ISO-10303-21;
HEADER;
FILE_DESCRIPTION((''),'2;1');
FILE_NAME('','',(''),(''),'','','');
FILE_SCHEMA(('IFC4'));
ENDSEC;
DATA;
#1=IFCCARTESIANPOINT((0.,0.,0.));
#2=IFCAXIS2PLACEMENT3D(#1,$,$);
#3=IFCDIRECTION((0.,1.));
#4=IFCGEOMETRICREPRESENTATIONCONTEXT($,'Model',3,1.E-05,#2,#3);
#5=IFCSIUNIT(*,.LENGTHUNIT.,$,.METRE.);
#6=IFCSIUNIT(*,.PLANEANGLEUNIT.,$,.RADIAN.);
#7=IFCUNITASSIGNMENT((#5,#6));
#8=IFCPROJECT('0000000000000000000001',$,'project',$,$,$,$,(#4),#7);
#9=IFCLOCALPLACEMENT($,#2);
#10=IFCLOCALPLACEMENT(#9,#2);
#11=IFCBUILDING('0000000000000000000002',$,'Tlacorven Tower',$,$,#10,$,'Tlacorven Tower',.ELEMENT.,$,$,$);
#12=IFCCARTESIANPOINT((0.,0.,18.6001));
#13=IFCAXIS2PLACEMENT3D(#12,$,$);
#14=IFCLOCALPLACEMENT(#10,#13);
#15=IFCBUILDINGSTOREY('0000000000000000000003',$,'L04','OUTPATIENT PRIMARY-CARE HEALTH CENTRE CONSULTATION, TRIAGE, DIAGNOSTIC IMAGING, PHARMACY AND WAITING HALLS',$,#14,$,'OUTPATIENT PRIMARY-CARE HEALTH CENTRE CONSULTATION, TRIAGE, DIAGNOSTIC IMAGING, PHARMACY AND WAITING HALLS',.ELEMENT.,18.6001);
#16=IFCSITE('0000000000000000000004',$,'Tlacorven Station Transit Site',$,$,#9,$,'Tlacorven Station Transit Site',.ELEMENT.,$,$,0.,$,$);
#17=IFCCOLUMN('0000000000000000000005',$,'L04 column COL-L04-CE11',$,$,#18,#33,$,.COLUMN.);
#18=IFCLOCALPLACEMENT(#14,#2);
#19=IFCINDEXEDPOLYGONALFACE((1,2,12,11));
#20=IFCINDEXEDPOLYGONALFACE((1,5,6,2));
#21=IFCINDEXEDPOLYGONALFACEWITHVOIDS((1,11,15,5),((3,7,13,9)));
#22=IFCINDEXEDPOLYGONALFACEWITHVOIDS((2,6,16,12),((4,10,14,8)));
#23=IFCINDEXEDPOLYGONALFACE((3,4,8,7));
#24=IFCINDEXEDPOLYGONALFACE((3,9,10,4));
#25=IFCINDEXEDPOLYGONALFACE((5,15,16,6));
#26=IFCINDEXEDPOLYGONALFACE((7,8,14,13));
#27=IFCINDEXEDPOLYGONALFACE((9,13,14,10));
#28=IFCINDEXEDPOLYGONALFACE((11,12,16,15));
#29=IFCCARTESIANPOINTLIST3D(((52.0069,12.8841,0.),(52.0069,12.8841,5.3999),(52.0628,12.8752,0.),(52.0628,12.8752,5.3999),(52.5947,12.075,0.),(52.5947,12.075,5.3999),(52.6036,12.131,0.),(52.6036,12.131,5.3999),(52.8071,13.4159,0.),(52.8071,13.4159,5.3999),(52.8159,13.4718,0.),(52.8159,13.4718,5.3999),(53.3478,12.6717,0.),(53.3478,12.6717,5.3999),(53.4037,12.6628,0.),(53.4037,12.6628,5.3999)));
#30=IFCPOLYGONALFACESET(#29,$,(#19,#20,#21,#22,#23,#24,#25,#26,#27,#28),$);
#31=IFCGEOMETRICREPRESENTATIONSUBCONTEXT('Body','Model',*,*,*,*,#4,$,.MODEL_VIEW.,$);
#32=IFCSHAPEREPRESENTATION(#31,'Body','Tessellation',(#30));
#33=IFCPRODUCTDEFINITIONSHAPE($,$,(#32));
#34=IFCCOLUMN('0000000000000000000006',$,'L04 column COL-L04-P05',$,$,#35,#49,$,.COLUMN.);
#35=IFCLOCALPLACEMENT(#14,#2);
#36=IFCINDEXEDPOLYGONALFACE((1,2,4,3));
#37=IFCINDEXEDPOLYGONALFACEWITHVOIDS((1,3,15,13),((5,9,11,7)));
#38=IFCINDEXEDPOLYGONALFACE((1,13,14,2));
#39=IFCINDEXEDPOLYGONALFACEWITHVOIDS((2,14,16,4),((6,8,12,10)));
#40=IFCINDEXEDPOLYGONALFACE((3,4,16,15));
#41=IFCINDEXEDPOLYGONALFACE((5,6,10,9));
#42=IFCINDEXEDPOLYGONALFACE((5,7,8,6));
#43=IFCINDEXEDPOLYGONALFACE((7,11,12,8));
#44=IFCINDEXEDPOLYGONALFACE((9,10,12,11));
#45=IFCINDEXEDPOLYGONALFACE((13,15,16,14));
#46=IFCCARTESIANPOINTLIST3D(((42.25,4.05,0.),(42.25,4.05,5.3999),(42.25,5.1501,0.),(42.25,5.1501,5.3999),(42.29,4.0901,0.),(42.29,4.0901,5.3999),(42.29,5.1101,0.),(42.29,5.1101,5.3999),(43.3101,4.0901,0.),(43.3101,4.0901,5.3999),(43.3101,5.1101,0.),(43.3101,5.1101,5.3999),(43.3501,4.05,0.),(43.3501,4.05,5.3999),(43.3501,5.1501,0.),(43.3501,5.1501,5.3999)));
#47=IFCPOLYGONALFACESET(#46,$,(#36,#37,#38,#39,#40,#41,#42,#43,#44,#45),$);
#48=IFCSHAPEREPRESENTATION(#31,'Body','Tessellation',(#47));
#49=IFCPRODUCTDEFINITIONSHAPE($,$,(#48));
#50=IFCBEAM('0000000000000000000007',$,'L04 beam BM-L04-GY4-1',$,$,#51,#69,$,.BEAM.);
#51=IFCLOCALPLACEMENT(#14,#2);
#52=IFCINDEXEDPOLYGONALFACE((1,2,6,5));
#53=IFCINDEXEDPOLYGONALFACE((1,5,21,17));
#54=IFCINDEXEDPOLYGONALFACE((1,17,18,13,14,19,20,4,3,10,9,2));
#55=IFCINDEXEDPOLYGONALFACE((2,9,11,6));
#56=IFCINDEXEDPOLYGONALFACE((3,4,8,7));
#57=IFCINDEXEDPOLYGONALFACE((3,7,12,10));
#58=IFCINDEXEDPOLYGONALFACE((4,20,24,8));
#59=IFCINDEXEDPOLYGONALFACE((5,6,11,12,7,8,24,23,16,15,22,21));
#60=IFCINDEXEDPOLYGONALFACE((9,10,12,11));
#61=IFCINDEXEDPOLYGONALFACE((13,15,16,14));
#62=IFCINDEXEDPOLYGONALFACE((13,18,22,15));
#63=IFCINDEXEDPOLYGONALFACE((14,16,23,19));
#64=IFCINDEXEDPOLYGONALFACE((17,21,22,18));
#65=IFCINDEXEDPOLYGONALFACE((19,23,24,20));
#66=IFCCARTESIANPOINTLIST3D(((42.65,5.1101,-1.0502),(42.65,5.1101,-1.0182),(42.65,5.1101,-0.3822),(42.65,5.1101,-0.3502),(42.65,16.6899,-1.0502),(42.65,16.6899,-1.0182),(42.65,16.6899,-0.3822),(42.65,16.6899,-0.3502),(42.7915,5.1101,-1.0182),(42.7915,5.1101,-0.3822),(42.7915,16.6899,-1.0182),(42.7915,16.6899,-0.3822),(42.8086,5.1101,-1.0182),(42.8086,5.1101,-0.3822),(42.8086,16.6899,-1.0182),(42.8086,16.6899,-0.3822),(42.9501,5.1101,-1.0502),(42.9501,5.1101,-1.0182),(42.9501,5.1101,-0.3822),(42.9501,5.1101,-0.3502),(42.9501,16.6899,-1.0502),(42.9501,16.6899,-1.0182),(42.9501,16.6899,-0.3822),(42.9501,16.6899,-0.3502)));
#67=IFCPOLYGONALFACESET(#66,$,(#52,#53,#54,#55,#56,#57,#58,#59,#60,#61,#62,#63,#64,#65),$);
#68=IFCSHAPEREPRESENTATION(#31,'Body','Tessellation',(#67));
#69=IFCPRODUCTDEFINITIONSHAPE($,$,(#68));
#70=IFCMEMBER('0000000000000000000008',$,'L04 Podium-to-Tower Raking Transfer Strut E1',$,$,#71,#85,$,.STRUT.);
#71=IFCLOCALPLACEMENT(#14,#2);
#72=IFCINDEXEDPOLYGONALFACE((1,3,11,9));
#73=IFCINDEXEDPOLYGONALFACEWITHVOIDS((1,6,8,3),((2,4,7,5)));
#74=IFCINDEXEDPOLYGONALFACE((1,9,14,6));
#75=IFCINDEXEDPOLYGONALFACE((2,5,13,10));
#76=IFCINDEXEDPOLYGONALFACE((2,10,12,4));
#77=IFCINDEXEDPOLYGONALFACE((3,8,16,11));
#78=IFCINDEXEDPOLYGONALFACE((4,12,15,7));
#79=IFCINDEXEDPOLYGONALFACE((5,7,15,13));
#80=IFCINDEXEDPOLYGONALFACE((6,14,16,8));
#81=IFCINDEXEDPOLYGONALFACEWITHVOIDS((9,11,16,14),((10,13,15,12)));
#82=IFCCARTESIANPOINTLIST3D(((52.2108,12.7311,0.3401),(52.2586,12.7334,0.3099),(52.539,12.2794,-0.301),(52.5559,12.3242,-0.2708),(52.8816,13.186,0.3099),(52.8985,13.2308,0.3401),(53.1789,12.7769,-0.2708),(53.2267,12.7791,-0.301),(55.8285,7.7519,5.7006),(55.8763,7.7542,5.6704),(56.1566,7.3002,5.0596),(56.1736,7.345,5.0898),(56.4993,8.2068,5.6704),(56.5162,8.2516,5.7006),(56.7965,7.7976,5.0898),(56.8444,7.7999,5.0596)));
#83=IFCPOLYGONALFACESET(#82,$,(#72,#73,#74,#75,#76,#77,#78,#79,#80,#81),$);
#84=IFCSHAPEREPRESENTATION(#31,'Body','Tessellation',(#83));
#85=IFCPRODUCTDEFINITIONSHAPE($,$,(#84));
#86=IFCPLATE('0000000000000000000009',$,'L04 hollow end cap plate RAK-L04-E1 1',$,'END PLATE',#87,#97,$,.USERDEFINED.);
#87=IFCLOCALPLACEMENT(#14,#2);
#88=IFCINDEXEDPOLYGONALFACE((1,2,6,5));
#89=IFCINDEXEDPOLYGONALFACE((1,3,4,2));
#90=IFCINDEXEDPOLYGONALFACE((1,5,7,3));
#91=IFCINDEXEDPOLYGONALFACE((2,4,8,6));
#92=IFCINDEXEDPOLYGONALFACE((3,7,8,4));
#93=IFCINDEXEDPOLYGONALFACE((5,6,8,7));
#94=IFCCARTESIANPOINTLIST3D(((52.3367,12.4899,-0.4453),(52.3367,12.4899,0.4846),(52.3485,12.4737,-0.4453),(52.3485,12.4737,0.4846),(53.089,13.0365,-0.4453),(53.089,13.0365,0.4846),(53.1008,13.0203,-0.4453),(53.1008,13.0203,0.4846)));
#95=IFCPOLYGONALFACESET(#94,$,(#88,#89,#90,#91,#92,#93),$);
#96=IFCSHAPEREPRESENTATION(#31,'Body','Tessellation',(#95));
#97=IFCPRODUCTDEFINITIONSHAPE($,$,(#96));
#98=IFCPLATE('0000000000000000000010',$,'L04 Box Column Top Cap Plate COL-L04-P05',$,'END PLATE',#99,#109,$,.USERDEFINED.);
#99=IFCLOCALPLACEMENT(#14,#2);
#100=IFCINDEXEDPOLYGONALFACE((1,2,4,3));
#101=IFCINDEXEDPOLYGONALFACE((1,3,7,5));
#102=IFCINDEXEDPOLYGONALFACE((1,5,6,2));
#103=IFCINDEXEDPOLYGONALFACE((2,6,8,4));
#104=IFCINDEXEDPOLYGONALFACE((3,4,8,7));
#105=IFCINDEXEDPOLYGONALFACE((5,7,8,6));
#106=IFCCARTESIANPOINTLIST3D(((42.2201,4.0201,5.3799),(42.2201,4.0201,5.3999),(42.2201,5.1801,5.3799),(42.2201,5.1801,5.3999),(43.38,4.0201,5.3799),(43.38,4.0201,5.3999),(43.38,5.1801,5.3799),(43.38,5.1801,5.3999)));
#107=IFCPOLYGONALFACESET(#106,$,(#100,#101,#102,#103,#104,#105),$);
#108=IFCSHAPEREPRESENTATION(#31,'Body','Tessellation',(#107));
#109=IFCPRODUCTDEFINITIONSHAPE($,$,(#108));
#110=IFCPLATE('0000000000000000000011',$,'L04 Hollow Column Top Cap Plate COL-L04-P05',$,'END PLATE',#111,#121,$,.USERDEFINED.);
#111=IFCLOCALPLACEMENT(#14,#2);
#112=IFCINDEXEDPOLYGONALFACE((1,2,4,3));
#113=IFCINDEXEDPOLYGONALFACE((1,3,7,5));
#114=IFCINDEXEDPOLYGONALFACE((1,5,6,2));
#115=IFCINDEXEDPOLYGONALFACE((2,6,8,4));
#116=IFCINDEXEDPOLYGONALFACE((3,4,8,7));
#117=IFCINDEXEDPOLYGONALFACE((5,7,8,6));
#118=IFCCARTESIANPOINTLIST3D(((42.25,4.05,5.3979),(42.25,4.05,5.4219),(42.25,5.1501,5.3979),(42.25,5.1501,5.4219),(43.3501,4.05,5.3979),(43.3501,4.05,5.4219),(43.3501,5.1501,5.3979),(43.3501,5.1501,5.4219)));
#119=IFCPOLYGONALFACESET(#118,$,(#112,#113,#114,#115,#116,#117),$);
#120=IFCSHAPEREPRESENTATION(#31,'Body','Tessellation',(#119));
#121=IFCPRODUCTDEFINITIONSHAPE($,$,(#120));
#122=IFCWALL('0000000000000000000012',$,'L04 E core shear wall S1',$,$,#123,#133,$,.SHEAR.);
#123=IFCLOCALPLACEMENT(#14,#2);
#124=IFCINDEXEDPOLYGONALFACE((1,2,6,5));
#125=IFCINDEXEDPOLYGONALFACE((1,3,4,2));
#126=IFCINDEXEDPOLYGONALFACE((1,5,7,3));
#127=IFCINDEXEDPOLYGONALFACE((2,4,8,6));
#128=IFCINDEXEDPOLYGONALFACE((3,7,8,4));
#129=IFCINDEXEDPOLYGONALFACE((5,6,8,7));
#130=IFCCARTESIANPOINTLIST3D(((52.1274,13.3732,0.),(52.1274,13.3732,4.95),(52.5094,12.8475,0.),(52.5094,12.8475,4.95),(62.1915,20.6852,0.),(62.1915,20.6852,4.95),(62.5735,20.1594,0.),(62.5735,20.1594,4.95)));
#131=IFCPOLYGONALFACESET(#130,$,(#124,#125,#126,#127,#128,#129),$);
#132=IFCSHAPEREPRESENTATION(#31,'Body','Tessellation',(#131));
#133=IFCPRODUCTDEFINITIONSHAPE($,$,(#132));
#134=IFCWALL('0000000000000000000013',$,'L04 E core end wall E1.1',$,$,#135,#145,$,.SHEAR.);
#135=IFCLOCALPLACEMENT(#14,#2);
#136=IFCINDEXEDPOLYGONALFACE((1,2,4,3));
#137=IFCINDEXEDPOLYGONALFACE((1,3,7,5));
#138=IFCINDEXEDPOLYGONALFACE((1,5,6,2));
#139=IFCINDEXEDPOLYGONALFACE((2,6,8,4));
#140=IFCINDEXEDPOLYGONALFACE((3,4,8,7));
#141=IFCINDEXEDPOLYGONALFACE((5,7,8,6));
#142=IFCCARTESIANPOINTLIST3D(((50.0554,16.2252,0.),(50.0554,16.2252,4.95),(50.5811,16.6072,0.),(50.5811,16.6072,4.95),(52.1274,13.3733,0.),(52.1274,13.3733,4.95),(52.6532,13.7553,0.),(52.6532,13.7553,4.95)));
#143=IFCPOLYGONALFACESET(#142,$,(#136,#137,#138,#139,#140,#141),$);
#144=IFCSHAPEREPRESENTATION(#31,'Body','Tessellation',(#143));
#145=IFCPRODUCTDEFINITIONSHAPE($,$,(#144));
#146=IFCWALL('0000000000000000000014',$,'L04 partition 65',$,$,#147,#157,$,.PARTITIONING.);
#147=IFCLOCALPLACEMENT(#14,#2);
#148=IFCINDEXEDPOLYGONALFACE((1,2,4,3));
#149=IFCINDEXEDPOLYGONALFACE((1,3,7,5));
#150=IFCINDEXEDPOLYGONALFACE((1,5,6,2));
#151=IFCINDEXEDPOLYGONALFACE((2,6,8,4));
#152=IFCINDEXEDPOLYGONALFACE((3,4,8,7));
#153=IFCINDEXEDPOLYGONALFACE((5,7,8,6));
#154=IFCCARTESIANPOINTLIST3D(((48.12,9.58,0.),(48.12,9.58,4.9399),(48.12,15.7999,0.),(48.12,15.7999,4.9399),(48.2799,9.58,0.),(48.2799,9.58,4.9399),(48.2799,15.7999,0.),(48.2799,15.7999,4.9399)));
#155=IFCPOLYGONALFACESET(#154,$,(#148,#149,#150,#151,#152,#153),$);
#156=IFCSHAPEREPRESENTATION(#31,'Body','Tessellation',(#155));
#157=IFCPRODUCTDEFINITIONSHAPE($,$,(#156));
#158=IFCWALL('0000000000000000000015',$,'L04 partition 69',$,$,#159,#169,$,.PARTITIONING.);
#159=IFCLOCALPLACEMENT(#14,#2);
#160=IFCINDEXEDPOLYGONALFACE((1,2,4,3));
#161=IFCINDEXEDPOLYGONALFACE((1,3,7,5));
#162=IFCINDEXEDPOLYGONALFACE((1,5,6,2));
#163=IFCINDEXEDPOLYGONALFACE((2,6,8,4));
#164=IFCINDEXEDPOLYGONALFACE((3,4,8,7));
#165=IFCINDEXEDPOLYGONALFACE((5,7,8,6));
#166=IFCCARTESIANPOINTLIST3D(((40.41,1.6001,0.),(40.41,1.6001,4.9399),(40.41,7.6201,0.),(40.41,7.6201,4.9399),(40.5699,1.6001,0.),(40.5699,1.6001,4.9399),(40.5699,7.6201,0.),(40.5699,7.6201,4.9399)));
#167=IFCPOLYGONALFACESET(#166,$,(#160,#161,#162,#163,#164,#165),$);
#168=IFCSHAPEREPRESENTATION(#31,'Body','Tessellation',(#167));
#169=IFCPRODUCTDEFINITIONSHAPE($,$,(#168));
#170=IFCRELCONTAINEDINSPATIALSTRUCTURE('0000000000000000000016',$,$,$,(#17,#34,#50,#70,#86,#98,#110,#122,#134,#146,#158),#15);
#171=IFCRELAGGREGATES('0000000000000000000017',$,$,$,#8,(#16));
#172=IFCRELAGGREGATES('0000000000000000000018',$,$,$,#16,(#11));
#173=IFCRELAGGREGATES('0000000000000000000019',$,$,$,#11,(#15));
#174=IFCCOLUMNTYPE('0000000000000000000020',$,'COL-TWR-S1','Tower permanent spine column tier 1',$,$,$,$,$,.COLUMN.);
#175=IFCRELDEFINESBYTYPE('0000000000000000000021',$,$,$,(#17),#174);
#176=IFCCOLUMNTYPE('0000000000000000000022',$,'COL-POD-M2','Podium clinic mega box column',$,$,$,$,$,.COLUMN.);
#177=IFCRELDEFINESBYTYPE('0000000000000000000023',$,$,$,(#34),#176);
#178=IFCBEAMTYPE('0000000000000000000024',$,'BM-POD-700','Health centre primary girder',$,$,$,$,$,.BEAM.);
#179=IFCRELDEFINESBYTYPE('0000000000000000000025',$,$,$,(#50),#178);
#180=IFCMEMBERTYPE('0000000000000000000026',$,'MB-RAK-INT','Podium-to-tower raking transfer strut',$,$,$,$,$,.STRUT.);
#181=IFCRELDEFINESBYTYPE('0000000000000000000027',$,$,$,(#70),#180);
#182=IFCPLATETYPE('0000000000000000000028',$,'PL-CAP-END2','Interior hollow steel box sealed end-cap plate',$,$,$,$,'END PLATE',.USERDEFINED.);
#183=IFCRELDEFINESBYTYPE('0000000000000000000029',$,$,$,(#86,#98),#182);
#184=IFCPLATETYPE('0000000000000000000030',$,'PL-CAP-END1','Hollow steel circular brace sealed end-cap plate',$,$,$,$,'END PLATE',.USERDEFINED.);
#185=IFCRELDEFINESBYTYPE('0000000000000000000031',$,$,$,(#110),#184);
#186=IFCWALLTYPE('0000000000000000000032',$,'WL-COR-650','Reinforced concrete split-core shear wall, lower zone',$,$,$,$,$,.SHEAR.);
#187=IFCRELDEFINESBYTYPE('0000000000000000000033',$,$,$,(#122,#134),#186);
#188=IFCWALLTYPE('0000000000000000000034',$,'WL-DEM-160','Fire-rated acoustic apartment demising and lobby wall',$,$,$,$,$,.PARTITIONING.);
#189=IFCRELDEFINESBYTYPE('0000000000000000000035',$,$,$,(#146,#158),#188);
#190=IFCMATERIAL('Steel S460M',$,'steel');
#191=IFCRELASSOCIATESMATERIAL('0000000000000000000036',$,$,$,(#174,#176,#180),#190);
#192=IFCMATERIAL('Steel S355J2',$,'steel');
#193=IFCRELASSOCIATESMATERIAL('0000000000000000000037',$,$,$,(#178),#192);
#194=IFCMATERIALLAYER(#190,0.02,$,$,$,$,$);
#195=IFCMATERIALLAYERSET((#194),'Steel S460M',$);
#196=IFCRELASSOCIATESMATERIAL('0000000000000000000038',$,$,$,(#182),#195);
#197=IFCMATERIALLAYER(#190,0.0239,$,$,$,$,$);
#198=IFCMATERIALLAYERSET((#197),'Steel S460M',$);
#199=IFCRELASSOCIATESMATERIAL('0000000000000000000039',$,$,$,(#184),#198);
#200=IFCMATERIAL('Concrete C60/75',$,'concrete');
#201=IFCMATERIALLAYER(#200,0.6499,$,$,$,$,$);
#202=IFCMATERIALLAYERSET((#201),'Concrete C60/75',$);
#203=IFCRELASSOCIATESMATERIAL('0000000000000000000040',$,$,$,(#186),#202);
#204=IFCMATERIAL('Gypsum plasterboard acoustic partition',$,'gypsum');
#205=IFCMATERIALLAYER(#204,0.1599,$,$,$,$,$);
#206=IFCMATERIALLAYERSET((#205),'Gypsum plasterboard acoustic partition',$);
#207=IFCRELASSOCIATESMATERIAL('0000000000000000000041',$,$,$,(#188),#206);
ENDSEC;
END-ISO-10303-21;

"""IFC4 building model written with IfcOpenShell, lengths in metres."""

from ifc_helpers import new_model, si_unit, direction, frame, frame_2d, origin, origin_2d, place, context, subcontext, project, spatial, rectangle, hollow_rectangle, i_section, extrude, source, transform, mapped, material, layer, layer_set, material_profile, profile_set, type_object, element, save


model = new_model("IFC4")

# Units and contexts
model_context = context("Model", 3, precision=1e-05, world=origin(), true_north=direction((0.0, 1.0)))
body_context = subcontext(model_context, "Body", "Model", "MODEL_VIEW")
ifc_project = project(units=[si_unit("LENGTHUNIT", "METRE"), si_unit("PLANEANGLEUNIT", "RADIAN")], contexts=[model_context])

# Site, building, storey
site_placement = place(None, origin())
site = spatial("IfcSite", under=ifc_project, at=site_placement, Name="Tlacorven Station Transit Site", LongName="Tlacorven Station Transit Site", CompositionType="ELEMENT", RefElevation=0.0)
building_placement = place(site_placement, origin())
building = spatial("IfcBuilding", under=site, at=building_placement, Name="Tlacorven Tower", LongName="Tlacorven Tower", CompositionType="ELEMENT")
storey_placement = place(building_placement, frame((0.0, 0.0, 18.6001)))
storey = spatial("IfcBuildingStorey", under=building, at=storey_placement, Name="L04", Description="OUTPATIENT PRIMARY-CARE HEALTH CENTRE CONSULTATION, TRIAGE, DIAGNOSTIC IMAGING, PHARMACY AND WAITING HALLS", LongName="OUTPATIENT PRIMARY-CARE HEALTH CENTRE CONSULTATION, TRIAGE, DIAGNOSTIC IMAGING, PHARMACY AND WAITING HALLS", CompositionType="ELEMENT", Elevation=18.6001)

# Columns
ifc_material_1 = material(Name="Steel S460M", Category="steel")
ifc_material_profile_1 = material_profile(ifc_material_1, hollow_rectangle(XDim=1.0, YDim=1.0, WallThickness=0.04, at=origin_2d()), Name="BOX 1000X1000X40")
ifc_profile_set_1 = profile_set([ifc_material_profile_1], Name="Steel S460M")
column_type_1 = type_object("IfcColumnType", Name="COL-TWR-S1", Description="Tower permanent spine column tier 1", PredefinedType="COLUMN", material=ifc_profile_set_1)
shared_shape_1 = source(origin(), body_context, "Body", "SweptSolid", [
    extrude(hollow_rectangle(XDim=1.0, YDim=1.0, WallThickness=0.04, at=origin_2d()), origin(), (0.0, 0.0, 1.0), 5.3999),
])
column_1_placement = place(storey_placement, frame((52.7053, 12.7734, 0.0), z_axis=(0.0, 0.0, 1.0), x_axis=(0.809017, 0.587785, 0.0)))
element("IfcColumn", 1, at=column_1_placement, inside=storey, type_object=column_type_1, Name="L04 column COL-L04-CE11", PredefinedType="COLUMN", context=body_context, shape_type="MappedRepresentation", body=[
    mapped(shared_shape_1, transform((0.0, 0.0, 0.0), scale=1.0)),
])
ifc_material_profile_2 = material_profile(ifc_material_1, hollow_rectangle(XDim=1.1001, YDim=1.1001, WallThickness=0.04, at=origin_2d()), Name="BOX 1100X1100X40")
ifc_profile_set_2 = profile_set([ifc_material_profile_2], Name="Steel S460M")
column_type_2 = type_object("IfcColumnType", Name="COL-POD-M2", Description="Podium clinic mega box column", PredefinedType="COLUMN", material=ifc_profile_set_2)
shared_shape_2 = source(origin(), body_context, "Body", "SweptSolid", [
    extrude(hollow_rectangle(XDim=1.1001, YDim=1.1001, WallThickness=0.04, at=origin_2d()), origin(), (0.0, 0.0, 1.0), 5.3999),
])
column_2_placement = place(storey_placement, frame((42.8, 4.6001, 0.0), z_axis=(0.0, 0.0, 1.0), x_axis=(1.0, 0.0, 0.0)))
element("IfcColumn", 2, at=column_2_placement, inside=storey, type_object=column_type_2, Name="L04 column COL-L04-P05", PredefinedType="COLUMN", context=body_context, shape_type="MappedRepresentation", body=[
    mapped(shared_shape_2, transform((0.0, 0.0, 0.0), scale=1.0)),
])

# Beam
ifc_material_2 = material(Name="Steel S355J2", Category="steel")
ifc_material_profile_3 = material_profile(ifc_material_2, i_section(OverallWidth=0.3, OverallDepth=0.7, WebThickness=0.0171, FlangeThickness=0.032, at=origin_2d()), Name="HEB 700")
ifc_profile_set_3 = profile_set([ifc_material_profile_3], Name="Steel S355J2")
beam_type = type_object("IfcBeamType", Name="BM-POD-700", Description="Health centre primary girder", PredefinedType="BEAM", material=ifc_profile_set_3)
shared_shape_3 = source(origin(), body_context, "Body", "SweptSolid", [
    extrude(i_section(OverallWidth=0.3, OverallDepth=0.7, WebThickness=0.0171, FlangeThickness=0.032, at=origin_2d()), origin(), (0.0, 0.0, 1.0), 11.5798),
])
beam_placement = place(storey_placement, frame((42.8, 5.1101, -0.7002), z_axis=(0.0, 1.0, 0.0), x_axis=(-1.0, 0.0, 0.0)))
element("IfcBeam", 3, at=beam_placement, inside=storey, type_object=beam_type, Name="L04 beam BM-L04-GY4-1", PredefinedType="BEAM", context=body_context, shape_type="MappedRepresentation", body=[
    mapped(shared_shape_3, transform((0.0, 0.0, 0.0), scale=1.0)),
])

# Member
ifc_material_profile_4 = material_profile(ifc_material_1, hollow_rectangle(XDim=0.8501, YDim=0.8501, WallThickness=0.04, at=origin_2d()), Name="BOX 850X850X40")
ifc_profile_set_4 = profile_set([ifc_material_profile_4], Name="Steel S460M")
member_type = type_object("IfcMemberType", Name="MB-RAK-INT", Description="Podium-to-tower raking transfer strut", PredefinedType="STRUT", material=ifc_profile_set_4)
shared_shape_4 = source(origin(), body_context, "Body", "SweptSolid", [
    extrude(hollow_rectangle(XDim=0.8501, YDim=0.8501, WallThickness=0.04, at=origin_2d()), origin(), (0.0, 0.0, 1.0), 8.1619),
])
member_placement = place(storey_placement, frame((52.7188, 12.7551, 0.0195), z_axis=(0.44324, -0.610061, 0.656783), x_axis=(0.809014, 0.58779, 0.0)))
element("IfcMember", 4, at=member_placement, inside=storey, type_object=member_type, Name="L04 Podium-to-Tower Raking Transfer Strut E1", PredefinedType="STRUT", context=body_context, shape_type="MappedRepresentation", body=[
    mapped(shared_shape_4, transform((0.0, 0.0, 0.0), scale=1.0)),
])

# Plates
ifc_layer_1 = layer(ifc_material_1, 0.02)
ifc_layer_set_1 = layer_set([ifc_layer_1], Name="Steel S460M")
plate_type_1 = type_object("IfcPlateType", Name="PL-CAP-END2", Description="Interior hollow steel box sealed end-cap plate", ElementType="END PLATE", PredefinedType="USERDEFINED", material=ifc_layer_set_1)
shared_shape_5 = source(origin(), body_context, "Body", "SweptSolid", [
    extrude(rectangle(XDim=0.02, YDim=0.9299, at=origin_2d()), origin(), (0.0, 0.0, 1.0), 0.9299),
])
plate_1_placement = place(storey_placement, frame((52.7188, 12.7551, -0.4453), z_axis=(0.0, 0.0, 1.0), x_axis=(0.587785, -0.809017, 0.0)))
element("IfcPlate", 5, at=plate_1_placement, inside=storey, type_object=plate_type_1, Name="L04 hollow end cap plate RAK-L04-E1 1", ObjectType="END PLATE", PredefinedType="USERDEFINED", context=body_context, shape_type="MappedRepresentation", body=[
    mapped(shared_shape_5, transform((0.0, 0.0, 0.0), scale=1.0)),
])
shared_shape_6 = source(origin(), body_context, "Body", "SweptSolid", [
    extrude(rectangle(XDim=1.1599, YDim=1.1599, at=origin_2d()), origin(), (0.0, 0.0, 1.0), 0.02),
])
plate_2_placement = place(storey_placement, frame((42.8, 4.6001, 5.3799), z_axis=(0.0, 0.0, 1.0), x_axis=(1.0, 0.0, 0.0)))
element("IfcPlate", 6, at=plate_2_placement, inside=storey, type_object=plate_type_1, Name="L04 Box Column Top Cap Plate COL-L04-P05", ObjectType="END PLATE", PredefinedType="USERDEFINED", context=body_context, shape_type="MappedRepresentation", body=[
    mapped(shared_shape_6, transform((0.0, 0.0, 0.0), scale=1.0)),
])
ifc_layer_2 = layer(ifc_material_1, 0.0239)
ifc_layer_set_2 = layer_set([ifc_layer_2], Name="Steel S460M")
plate_type_2 = type_object("IfcPlateType", Name="PL-CAP-END1", Description="Hollow steel circular brace sealed end-cap plate", ElementType="END PLATE", PredefinedType="USERDEFINED", material=ifc_layer_set_2)
shared_shape_7 = source(origin(), body_context, "Body", "SweptSolid", [
    extrude(rectangle(XDim=1.1001, YDim=1.1001, at=origin_2d()), origin(), (0.0, 0.0, 1.0), 0.0239),
])
plate_3_placement = place(storey_placement, frame((42.8, 4.6001, 5.3979), z_axis=(0.0, 0.0, 1.0), x_axis=(1.0, 0.0, 0.0)))
element("IfcPlate", 7, at=plate_3_placement, inside=storey, type_object=plate_type_2, Name="L04 Hollow Column Top Cap Plate COL-L04-P05", ObjectType="END PLATE", PredefinedType="USERDEFINED", context=body_context, shape_type="MappedRepresentation", body=[
    mapped(shared_shape_7, transform((0.0, 0.0, 0.0), scale=1.0)),
])

# Walls
ifc_material_3 = material(Name="Concrete C60/75", Category="concrete")
ifc_layer_3 = layer(ifc_material_3, 0.6499)
ifc_layer_set_3 = layer_set([ifc_layer_3], Name="Concrete C60/75")
wall_type_1 = type_object("IfcWallType", Name="WL-COR-650", Description="Reinforced concrete split-core shear wall, lower zone", PredefinedType="SHEAR", material=ifc_layer_set_3)
wall_1_placement = place(storey_placement, frame((52.3184, 13.1104, 0.0), z_axis=(0.0, 0.0, 1.0), x_axis=(0.809019, 0.587782, 0.0)))
element("IfcWall", 8, at=wall_1_placement, inside=storey, type_object=wall_type_1, Name="L04 E core shear wall S1", PredefinedType="SHEAR", context=body_context, shape_type="SweptSolid", body=[
    extrude(rectangle(XDim=12.4399, YDim=0.6499, at=frame_2d((6.22, 0.0))), origin(), (0.0, 0.0, 1.0), 4.95),
])
wall_2_placement = place(storey_placement, frame((52.3904, 13.5642, 0.0), z_axis=(0.0, 0.0, 1.0), x_axis=(-0.587797, 0.809009, 0.0)))
element("IfcWall", 9, at=wall_2_placement, inside=storey, type_object=wall_type_1, Name="L04 E core end wall E1.1", PredefinedType="SHEAR", context=body_context, shape_type="SweptSolid", body=[
    extrude(rectangle(XDim=3.5251, YDim=0.6499, at=frame_2d((1.7627, 0.0))), origin(), (0.0, 0.0, 1.0), 4.95),
])
ifc_material_4 = material(Name="Gypsum plasterboard acoustic partition", Category="gypsum")
ifc_layer_4 = layer(ifc_material_4, 0.1599)
ifc_layer_set_4 = layer_set([ifc_layer_4], Name="Gypsum plasterboard acoustic partition")
wall_type_2 = type_object("IfcWallType", Name="WL-DEM-160", Description="Fire-rated acoustic apartment demising and lobby wall", PredefinedType="PARTITIONING", material=ifc_layer_set_4)
wall_3_placement = place(storey_placement, frame((48.2, 9.5801, 0.0), z_axis=(0.0, 0.0, 1.0), x_axis=(0.0, 1.0, 0.0)))
element("IfcWall", 10, at=wall_3_placement, inside=storey, type_object=wall_type_2, Name="L04 partition 65", PredefinedType="PARTITIONING", context=body_context, shape_type="SweptSolid", body=[
    extrude(rectangle(XDim=6.22, YDim=0.1599, at=frame_2d((3.1099, 0.0))), origin(), (0.0, 0.0, 1.0), 4.9399),
])
for number, where, z_axis, x_axis, name in (
    (11, (40.49, 1.6001, 0.0), (0.0, 0.0, 1.0), (0.0, 1.0, 0.0), "L04 partition 69"),
):
    element("IfcWall", number, at=place(storey_placement, frame(where, z_axis=z_axis, x_axis=x_axis)), inside=storey, type_object=wall_type_2, Name=name, PredefinedType="PARTITIONING", context=body_context, shape_type="SweptSolid", body=[
        extrude(rectangle(XDim=6.02, YDim=0.1599, at=frame_2d((3.01, 0.0))), origin(), (0.0, 0.0, 1.0), 4.9399),
    ])

save(model, "model.ifc")
